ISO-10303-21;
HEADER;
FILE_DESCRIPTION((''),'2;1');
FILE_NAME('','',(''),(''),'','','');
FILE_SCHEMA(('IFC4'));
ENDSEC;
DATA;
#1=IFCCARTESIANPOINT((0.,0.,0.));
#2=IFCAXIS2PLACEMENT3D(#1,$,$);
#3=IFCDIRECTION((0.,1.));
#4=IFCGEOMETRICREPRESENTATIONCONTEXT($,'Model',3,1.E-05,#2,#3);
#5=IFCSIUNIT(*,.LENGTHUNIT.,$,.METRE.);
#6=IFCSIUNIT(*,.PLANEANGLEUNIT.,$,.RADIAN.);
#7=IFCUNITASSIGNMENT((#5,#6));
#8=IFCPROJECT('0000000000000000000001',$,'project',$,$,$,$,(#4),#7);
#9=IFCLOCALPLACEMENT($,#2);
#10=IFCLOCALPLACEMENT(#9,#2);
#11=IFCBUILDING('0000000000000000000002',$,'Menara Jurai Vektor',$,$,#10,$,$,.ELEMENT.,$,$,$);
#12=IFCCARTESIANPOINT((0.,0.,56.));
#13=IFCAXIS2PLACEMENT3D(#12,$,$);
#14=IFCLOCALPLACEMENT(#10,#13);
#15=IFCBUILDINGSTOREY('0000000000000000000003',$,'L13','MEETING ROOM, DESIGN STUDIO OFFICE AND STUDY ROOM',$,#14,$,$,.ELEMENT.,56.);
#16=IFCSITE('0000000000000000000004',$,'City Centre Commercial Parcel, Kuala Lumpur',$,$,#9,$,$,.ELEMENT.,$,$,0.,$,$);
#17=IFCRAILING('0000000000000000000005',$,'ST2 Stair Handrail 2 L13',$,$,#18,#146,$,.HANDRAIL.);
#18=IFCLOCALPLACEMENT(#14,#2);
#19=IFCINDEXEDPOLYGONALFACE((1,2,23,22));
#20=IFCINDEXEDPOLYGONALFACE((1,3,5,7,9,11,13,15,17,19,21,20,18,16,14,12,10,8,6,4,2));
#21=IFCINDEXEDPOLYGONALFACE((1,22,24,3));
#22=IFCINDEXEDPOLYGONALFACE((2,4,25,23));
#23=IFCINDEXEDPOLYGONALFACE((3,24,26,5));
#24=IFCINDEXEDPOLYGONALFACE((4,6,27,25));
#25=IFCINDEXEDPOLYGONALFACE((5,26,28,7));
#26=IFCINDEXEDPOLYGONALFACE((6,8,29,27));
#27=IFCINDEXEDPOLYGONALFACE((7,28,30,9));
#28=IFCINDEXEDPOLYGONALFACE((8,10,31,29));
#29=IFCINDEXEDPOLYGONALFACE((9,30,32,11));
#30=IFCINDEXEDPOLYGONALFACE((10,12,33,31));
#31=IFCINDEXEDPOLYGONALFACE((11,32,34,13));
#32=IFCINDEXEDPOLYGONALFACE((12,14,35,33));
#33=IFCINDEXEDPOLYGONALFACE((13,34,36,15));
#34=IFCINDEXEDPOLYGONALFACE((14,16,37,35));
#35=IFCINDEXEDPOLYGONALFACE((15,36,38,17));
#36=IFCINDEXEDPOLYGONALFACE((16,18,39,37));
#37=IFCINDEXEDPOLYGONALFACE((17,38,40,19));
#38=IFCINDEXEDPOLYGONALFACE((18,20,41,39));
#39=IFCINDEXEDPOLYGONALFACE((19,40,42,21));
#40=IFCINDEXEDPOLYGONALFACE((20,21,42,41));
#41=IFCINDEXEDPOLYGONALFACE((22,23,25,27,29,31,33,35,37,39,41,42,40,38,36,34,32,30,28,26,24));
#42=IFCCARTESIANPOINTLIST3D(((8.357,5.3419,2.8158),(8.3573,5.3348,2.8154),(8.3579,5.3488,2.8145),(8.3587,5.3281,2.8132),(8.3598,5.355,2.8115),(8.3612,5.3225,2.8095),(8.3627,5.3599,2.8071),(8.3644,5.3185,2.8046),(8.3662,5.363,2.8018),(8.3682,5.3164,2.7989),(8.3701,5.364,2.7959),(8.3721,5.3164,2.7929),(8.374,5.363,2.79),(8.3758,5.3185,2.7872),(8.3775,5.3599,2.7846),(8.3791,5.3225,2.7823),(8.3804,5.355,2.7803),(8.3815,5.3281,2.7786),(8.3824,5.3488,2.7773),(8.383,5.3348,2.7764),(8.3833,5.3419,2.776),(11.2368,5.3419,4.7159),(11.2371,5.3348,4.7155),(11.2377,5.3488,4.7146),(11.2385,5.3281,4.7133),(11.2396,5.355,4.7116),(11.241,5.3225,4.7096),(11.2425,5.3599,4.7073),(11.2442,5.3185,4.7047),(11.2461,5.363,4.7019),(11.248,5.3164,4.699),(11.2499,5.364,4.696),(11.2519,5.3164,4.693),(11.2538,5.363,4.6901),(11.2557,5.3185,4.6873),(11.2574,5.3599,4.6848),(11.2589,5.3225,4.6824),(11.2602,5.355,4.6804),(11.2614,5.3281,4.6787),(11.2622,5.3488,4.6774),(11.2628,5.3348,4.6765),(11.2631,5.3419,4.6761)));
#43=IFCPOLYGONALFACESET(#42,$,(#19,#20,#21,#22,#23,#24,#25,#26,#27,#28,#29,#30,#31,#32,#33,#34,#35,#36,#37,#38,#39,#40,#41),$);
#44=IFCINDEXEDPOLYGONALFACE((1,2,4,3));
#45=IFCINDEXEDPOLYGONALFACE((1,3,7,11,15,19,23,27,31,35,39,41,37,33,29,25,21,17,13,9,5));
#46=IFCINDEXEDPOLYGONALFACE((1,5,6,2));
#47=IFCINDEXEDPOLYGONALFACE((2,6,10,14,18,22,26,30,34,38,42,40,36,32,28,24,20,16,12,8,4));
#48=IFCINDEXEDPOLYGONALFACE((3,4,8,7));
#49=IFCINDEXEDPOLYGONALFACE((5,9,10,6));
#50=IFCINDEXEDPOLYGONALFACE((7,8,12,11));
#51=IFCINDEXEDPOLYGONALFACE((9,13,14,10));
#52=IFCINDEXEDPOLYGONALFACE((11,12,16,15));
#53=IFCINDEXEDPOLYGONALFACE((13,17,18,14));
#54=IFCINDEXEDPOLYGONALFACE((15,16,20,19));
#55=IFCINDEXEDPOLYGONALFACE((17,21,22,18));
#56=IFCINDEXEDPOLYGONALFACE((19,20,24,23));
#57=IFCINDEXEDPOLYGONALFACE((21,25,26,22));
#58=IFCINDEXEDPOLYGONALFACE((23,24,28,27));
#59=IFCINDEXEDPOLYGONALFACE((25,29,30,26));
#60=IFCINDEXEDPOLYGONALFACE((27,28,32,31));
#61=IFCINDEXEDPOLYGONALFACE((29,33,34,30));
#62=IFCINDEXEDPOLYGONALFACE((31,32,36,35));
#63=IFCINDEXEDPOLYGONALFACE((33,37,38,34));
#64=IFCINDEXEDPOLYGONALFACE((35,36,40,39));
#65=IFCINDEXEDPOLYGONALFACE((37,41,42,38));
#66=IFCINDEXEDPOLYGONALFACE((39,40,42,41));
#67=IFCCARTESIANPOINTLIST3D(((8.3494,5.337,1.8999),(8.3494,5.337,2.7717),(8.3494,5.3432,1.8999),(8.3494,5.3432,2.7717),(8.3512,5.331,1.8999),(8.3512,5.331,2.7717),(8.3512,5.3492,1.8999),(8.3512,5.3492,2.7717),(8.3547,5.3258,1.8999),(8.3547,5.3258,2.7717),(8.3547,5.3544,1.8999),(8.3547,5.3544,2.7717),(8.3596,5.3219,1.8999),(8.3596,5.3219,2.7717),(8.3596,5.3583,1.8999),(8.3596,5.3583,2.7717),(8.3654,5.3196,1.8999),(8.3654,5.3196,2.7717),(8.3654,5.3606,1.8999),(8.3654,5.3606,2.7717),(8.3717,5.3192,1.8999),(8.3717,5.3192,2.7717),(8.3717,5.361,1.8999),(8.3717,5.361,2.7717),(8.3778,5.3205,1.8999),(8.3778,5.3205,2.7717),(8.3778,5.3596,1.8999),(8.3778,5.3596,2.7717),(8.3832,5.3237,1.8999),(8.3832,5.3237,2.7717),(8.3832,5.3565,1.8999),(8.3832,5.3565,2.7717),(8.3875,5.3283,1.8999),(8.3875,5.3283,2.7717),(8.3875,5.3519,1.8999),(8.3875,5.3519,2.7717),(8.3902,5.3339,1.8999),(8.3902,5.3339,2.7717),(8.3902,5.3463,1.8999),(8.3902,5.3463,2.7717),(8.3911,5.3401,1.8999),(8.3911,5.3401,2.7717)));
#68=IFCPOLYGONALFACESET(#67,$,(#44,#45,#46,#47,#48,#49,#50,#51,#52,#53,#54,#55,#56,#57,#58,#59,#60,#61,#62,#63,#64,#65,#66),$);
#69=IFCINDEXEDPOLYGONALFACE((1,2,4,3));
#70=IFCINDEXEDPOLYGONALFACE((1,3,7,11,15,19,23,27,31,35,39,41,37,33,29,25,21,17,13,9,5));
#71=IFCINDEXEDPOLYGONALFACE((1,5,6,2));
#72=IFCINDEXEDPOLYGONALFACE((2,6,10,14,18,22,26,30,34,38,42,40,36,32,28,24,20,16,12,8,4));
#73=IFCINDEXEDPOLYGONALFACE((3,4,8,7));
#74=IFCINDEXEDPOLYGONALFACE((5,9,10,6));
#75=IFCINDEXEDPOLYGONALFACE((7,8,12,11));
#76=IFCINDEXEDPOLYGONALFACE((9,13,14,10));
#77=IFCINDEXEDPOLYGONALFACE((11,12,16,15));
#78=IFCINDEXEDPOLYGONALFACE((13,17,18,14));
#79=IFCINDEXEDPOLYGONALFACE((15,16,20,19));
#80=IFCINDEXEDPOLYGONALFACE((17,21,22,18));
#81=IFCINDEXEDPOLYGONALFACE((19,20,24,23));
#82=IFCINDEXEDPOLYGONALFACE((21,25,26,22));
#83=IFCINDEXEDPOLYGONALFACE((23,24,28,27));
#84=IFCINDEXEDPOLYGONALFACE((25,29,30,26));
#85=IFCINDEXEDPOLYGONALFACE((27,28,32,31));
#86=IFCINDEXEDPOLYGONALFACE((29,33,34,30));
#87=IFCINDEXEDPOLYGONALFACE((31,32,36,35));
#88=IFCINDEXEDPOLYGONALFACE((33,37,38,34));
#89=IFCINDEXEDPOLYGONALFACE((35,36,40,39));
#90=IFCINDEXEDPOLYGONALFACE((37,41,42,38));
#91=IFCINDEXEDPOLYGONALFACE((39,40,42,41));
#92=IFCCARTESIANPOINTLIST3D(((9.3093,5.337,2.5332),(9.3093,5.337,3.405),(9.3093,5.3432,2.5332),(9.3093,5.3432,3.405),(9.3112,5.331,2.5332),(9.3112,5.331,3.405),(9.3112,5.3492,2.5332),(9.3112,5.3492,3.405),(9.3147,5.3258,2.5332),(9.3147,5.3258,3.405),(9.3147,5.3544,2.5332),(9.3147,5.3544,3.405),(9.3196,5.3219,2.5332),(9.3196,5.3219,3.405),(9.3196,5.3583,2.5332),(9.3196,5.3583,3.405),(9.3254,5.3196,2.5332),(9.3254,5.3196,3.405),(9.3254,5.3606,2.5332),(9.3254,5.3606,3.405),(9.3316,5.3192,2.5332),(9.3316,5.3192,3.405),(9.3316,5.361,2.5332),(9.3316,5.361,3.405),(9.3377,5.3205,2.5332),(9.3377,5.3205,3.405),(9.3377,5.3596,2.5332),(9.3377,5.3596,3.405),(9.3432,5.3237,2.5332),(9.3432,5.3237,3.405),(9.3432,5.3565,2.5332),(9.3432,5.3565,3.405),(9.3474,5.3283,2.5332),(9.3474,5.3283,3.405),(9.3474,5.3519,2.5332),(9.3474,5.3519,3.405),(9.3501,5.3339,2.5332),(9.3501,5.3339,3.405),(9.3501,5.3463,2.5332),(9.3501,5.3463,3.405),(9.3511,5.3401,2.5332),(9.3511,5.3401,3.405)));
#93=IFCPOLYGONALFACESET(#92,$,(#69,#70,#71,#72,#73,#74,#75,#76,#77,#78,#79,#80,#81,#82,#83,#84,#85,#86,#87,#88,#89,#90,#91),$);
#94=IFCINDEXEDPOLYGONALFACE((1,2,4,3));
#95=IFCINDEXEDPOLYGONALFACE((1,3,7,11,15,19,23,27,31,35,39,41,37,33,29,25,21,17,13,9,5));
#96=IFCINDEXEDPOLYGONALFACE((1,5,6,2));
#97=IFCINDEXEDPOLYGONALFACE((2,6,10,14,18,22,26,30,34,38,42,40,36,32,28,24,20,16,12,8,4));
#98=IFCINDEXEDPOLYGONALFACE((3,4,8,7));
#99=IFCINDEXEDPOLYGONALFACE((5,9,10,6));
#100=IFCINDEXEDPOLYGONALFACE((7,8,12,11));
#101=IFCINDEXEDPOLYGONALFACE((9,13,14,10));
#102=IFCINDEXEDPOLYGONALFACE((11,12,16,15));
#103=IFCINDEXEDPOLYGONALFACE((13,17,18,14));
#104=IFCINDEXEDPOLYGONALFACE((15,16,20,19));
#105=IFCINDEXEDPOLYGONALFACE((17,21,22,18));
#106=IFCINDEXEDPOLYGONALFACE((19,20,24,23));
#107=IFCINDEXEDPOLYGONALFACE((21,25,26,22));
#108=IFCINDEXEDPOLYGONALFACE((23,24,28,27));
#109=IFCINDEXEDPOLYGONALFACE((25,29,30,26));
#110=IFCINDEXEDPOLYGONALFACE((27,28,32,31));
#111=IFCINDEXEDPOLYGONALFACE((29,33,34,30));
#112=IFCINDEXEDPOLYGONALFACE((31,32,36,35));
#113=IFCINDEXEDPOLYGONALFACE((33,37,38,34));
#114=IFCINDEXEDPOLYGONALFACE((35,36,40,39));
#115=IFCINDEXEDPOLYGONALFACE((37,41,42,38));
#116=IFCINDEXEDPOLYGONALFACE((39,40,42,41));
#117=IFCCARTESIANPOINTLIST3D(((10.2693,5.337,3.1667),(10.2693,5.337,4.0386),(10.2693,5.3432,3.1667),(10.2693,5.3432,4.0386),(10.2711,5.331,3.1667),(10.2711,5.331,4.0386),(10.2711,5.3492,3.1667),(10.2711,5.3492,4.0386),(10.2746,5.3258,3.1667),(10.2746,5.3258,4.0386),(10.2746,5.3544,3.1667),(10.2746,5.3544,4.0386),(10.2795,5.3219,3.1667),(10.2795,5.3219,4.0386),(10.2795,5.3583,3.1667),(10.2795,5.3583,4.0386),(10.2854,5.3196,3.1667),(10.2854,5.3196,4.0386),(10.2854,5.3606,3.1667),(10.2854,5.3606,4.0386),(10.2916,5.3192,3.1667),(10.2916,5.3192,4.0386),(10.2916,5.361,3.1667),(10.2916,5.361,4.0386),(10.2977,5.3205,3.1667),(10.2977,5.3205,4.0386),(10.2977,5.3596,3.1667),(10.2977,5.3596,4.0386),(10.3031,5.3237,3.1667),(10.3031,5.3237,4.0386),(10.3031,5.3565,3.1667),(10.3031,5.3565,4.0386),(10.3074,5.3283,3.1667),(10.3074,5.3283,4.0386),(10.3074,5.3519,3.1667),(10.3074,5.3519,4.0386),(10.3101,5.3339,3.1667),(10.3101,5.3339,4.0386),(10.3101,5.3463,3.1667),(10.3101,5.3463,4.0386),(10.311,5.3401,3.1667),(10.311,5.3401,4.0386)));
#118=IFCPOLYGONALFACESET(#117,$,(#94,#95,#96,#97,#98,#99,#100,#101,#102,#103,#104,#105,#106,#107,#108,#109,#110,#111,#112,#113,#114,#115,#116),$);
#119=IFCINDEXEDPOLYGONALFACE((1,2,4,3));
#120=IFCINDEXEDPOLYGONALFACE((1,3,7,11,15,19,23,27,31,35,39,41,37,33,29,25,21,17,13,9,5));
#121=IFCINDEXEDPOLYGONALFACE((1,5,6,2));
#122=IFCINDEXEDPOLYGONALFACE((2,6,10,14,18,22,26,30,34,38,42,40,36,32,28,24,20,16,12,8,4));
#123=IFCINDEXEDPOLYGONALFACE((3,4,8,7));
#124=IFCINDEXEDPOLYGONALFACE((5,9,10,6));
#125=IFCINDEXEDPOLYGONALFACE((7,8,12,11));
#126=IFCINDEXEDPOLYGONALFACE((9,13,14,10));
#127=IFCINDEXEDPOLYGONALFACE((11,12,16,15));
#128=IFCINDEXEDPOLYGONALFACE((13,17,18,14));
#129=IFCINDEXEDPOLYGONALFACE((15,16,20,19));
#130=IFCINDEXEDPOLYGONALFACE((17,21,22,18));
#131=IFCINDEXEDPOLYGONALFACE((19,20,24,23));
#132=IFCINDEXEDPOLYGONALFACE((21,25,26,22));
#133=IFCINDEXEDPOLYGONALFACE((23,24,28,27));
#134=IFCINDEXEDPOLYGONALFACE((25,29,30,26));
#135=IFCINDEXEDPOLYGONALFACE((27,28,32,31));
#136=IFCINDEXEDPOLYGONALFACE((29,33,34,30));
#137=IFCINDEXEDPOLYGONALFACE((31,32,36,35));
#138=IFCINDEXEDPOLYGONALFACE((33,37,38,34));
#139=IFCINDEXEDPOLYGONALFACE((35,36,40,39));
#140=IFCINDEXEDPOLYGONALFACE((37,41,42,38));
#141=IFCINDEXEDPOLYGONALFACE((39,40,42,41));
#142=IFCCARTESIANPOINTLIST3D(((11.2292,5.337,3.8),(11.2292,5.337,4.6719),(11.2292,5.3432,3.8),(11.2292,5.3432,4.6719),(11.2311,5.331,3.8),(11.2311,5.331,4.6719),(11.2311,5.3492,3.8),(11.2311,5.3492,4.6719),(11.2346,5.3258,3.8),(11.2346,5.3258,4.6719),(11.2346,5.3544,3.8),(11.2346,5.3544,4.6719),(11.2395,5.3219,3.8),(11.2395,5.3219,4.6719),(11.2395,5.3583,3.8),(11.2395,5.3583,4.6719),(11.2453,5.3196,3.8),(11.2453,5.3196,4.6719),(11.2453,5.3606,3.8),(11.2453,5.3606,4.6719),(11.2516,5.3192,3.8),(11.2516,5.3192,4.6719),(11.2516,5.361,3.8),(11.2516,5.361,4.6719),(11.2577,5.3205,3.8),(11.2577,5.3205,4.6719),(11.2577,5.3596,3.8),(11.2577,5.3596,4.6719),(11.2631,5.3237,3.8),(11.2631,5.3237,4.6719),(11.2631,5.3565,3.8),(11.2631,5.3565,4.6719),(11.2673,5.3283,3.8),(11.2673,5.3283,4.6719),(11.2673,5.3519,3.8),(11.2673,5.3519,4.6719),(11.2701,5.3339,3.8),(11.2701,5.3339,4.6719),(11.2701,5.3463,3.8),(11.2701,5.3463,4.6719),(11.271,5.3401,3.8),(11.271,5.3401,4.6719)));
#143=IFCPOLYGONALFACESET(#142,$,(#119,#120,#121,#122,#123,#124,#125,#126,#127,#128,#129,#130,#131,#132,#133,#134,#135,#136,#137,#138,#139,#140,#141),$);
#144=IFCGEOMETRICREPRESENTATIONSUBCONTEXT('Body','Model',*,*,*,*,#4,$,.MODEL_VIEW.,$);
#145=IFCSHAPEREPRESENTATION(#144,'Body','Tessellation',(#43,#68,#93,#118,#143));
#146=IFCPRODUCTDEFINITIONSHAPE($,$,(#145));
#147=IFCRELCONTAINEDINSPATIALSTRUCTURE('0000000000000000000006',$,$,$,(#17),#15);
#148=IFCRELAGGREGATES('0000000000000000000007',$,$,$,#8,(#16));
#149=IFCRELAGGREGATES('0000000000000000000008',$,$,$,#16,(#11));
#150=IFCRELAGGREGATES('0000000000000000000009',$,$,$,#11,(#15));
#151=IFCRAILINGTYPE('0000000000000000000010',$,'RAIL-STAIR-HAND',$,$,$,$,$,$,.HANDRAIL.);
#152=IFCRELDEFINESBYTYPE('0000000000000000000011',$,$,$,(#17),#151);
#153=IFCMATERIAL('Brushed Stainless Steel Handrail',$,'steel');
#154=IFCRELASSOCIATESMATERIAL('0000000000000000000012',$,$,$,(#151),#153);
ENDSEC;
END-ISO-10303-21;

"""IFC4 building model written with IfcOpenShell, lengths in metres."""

from ifc_helpers import new_model, si_unit, direction, frame, origin, origin_2d, place, context, subcontext, project, spatial, circle, extrude, material, type_object, element, save


model = new_model("IFC4")

# Units and contexts
model_context = context("Model", 3, precision=1e-05, world=origin(), true_north=direction((0.0, 1.0)))
body_context = subcontext(model_context, "Body", "Model", "MODEL_VIEW")
ifc_project = project(units=[si_unit("LENGTHUNIT", "METRE"), si_unit("PLANEANGLEUNIT", "RADIAN")], contexts=[model_context])

# Site, building, storey
site_placement = place(None, origin())
site = spatial("IfcSite", under=ifc_project, at=site_placement, Name="City Centre Commercial Parcel, Kuala Lumpur", CompositionType="ELEMENT", RefElevation=0.0)
building_placement = place(site_placement, origin())
building = spatial("IfcBuilding", under=site, at=building_placement, Name="Menara Jurai Vektor", CompositionType="ELEMENT")
storey_placement = place(building_placement, frame((0.0, 0.0, 56.0)))
storey = spatial("IfcBuildingStorey", under=building, at=storey_placement, Name="L13", Description="MEETING ROOM, DESIGN STUDIO OFFICE AND STUDY ROOM", CompositionType="ELEMENT", Elevation=56.0)

# Railing
ifc_material_1 = material(Name="Brushed Stainless Steel Handrail", Category="steel")
railing_type_1 = type_object("IfcRailingType", Name="RAIL-STAIR-HAND", PredefinedType="HANDRAIL", material=ifc_material_1)
railing_1_placement = place(storey_placement, frame((8.3701, 5.3401, 1.8999)))
element("IfcRailing", 1, at=railing_1_placement, inside=storey, type_object=railing_type_1, Name="ST2 Stair Handrail 2 L13", PredefinedType="HANDRAIL", context=body_context, shape_type="SweptSolid", body=[
    extrude(circle(Radius=0.0239, at=origin_2d()), frame((0.0, 0.0, 0.896), z_axis=(0.834686, 0.0, 0.550726), x_axis=(0.0, 1.0, 0.0)), (0.0, 0.0, 1.0), 3.4502),
    extrude(circle(Radius=0.021, at=origin_2d()), origin(), (0.0, 0.0, 1.0), 0.8718),
    extrude(circle(Radius=0.021, at=origin_2d()), frame((0.96, 0.0, 0.6333)), (0.0, 0.0, 1.0), 0.8718),
    extrude(circle(Radius=0.021, at=origin_2d()), frame((1.9199, 0.0, 1.2668)), (0.0, 0.0, 1.0), 0.8718),
    extrude(circle(Radius=0.021, at=origin_2d()), frame((2.8799, 0.0, 1.9001)), (0.0, 0.0, 1.0), 0.8718),
])

save(model, "model.ifc")
